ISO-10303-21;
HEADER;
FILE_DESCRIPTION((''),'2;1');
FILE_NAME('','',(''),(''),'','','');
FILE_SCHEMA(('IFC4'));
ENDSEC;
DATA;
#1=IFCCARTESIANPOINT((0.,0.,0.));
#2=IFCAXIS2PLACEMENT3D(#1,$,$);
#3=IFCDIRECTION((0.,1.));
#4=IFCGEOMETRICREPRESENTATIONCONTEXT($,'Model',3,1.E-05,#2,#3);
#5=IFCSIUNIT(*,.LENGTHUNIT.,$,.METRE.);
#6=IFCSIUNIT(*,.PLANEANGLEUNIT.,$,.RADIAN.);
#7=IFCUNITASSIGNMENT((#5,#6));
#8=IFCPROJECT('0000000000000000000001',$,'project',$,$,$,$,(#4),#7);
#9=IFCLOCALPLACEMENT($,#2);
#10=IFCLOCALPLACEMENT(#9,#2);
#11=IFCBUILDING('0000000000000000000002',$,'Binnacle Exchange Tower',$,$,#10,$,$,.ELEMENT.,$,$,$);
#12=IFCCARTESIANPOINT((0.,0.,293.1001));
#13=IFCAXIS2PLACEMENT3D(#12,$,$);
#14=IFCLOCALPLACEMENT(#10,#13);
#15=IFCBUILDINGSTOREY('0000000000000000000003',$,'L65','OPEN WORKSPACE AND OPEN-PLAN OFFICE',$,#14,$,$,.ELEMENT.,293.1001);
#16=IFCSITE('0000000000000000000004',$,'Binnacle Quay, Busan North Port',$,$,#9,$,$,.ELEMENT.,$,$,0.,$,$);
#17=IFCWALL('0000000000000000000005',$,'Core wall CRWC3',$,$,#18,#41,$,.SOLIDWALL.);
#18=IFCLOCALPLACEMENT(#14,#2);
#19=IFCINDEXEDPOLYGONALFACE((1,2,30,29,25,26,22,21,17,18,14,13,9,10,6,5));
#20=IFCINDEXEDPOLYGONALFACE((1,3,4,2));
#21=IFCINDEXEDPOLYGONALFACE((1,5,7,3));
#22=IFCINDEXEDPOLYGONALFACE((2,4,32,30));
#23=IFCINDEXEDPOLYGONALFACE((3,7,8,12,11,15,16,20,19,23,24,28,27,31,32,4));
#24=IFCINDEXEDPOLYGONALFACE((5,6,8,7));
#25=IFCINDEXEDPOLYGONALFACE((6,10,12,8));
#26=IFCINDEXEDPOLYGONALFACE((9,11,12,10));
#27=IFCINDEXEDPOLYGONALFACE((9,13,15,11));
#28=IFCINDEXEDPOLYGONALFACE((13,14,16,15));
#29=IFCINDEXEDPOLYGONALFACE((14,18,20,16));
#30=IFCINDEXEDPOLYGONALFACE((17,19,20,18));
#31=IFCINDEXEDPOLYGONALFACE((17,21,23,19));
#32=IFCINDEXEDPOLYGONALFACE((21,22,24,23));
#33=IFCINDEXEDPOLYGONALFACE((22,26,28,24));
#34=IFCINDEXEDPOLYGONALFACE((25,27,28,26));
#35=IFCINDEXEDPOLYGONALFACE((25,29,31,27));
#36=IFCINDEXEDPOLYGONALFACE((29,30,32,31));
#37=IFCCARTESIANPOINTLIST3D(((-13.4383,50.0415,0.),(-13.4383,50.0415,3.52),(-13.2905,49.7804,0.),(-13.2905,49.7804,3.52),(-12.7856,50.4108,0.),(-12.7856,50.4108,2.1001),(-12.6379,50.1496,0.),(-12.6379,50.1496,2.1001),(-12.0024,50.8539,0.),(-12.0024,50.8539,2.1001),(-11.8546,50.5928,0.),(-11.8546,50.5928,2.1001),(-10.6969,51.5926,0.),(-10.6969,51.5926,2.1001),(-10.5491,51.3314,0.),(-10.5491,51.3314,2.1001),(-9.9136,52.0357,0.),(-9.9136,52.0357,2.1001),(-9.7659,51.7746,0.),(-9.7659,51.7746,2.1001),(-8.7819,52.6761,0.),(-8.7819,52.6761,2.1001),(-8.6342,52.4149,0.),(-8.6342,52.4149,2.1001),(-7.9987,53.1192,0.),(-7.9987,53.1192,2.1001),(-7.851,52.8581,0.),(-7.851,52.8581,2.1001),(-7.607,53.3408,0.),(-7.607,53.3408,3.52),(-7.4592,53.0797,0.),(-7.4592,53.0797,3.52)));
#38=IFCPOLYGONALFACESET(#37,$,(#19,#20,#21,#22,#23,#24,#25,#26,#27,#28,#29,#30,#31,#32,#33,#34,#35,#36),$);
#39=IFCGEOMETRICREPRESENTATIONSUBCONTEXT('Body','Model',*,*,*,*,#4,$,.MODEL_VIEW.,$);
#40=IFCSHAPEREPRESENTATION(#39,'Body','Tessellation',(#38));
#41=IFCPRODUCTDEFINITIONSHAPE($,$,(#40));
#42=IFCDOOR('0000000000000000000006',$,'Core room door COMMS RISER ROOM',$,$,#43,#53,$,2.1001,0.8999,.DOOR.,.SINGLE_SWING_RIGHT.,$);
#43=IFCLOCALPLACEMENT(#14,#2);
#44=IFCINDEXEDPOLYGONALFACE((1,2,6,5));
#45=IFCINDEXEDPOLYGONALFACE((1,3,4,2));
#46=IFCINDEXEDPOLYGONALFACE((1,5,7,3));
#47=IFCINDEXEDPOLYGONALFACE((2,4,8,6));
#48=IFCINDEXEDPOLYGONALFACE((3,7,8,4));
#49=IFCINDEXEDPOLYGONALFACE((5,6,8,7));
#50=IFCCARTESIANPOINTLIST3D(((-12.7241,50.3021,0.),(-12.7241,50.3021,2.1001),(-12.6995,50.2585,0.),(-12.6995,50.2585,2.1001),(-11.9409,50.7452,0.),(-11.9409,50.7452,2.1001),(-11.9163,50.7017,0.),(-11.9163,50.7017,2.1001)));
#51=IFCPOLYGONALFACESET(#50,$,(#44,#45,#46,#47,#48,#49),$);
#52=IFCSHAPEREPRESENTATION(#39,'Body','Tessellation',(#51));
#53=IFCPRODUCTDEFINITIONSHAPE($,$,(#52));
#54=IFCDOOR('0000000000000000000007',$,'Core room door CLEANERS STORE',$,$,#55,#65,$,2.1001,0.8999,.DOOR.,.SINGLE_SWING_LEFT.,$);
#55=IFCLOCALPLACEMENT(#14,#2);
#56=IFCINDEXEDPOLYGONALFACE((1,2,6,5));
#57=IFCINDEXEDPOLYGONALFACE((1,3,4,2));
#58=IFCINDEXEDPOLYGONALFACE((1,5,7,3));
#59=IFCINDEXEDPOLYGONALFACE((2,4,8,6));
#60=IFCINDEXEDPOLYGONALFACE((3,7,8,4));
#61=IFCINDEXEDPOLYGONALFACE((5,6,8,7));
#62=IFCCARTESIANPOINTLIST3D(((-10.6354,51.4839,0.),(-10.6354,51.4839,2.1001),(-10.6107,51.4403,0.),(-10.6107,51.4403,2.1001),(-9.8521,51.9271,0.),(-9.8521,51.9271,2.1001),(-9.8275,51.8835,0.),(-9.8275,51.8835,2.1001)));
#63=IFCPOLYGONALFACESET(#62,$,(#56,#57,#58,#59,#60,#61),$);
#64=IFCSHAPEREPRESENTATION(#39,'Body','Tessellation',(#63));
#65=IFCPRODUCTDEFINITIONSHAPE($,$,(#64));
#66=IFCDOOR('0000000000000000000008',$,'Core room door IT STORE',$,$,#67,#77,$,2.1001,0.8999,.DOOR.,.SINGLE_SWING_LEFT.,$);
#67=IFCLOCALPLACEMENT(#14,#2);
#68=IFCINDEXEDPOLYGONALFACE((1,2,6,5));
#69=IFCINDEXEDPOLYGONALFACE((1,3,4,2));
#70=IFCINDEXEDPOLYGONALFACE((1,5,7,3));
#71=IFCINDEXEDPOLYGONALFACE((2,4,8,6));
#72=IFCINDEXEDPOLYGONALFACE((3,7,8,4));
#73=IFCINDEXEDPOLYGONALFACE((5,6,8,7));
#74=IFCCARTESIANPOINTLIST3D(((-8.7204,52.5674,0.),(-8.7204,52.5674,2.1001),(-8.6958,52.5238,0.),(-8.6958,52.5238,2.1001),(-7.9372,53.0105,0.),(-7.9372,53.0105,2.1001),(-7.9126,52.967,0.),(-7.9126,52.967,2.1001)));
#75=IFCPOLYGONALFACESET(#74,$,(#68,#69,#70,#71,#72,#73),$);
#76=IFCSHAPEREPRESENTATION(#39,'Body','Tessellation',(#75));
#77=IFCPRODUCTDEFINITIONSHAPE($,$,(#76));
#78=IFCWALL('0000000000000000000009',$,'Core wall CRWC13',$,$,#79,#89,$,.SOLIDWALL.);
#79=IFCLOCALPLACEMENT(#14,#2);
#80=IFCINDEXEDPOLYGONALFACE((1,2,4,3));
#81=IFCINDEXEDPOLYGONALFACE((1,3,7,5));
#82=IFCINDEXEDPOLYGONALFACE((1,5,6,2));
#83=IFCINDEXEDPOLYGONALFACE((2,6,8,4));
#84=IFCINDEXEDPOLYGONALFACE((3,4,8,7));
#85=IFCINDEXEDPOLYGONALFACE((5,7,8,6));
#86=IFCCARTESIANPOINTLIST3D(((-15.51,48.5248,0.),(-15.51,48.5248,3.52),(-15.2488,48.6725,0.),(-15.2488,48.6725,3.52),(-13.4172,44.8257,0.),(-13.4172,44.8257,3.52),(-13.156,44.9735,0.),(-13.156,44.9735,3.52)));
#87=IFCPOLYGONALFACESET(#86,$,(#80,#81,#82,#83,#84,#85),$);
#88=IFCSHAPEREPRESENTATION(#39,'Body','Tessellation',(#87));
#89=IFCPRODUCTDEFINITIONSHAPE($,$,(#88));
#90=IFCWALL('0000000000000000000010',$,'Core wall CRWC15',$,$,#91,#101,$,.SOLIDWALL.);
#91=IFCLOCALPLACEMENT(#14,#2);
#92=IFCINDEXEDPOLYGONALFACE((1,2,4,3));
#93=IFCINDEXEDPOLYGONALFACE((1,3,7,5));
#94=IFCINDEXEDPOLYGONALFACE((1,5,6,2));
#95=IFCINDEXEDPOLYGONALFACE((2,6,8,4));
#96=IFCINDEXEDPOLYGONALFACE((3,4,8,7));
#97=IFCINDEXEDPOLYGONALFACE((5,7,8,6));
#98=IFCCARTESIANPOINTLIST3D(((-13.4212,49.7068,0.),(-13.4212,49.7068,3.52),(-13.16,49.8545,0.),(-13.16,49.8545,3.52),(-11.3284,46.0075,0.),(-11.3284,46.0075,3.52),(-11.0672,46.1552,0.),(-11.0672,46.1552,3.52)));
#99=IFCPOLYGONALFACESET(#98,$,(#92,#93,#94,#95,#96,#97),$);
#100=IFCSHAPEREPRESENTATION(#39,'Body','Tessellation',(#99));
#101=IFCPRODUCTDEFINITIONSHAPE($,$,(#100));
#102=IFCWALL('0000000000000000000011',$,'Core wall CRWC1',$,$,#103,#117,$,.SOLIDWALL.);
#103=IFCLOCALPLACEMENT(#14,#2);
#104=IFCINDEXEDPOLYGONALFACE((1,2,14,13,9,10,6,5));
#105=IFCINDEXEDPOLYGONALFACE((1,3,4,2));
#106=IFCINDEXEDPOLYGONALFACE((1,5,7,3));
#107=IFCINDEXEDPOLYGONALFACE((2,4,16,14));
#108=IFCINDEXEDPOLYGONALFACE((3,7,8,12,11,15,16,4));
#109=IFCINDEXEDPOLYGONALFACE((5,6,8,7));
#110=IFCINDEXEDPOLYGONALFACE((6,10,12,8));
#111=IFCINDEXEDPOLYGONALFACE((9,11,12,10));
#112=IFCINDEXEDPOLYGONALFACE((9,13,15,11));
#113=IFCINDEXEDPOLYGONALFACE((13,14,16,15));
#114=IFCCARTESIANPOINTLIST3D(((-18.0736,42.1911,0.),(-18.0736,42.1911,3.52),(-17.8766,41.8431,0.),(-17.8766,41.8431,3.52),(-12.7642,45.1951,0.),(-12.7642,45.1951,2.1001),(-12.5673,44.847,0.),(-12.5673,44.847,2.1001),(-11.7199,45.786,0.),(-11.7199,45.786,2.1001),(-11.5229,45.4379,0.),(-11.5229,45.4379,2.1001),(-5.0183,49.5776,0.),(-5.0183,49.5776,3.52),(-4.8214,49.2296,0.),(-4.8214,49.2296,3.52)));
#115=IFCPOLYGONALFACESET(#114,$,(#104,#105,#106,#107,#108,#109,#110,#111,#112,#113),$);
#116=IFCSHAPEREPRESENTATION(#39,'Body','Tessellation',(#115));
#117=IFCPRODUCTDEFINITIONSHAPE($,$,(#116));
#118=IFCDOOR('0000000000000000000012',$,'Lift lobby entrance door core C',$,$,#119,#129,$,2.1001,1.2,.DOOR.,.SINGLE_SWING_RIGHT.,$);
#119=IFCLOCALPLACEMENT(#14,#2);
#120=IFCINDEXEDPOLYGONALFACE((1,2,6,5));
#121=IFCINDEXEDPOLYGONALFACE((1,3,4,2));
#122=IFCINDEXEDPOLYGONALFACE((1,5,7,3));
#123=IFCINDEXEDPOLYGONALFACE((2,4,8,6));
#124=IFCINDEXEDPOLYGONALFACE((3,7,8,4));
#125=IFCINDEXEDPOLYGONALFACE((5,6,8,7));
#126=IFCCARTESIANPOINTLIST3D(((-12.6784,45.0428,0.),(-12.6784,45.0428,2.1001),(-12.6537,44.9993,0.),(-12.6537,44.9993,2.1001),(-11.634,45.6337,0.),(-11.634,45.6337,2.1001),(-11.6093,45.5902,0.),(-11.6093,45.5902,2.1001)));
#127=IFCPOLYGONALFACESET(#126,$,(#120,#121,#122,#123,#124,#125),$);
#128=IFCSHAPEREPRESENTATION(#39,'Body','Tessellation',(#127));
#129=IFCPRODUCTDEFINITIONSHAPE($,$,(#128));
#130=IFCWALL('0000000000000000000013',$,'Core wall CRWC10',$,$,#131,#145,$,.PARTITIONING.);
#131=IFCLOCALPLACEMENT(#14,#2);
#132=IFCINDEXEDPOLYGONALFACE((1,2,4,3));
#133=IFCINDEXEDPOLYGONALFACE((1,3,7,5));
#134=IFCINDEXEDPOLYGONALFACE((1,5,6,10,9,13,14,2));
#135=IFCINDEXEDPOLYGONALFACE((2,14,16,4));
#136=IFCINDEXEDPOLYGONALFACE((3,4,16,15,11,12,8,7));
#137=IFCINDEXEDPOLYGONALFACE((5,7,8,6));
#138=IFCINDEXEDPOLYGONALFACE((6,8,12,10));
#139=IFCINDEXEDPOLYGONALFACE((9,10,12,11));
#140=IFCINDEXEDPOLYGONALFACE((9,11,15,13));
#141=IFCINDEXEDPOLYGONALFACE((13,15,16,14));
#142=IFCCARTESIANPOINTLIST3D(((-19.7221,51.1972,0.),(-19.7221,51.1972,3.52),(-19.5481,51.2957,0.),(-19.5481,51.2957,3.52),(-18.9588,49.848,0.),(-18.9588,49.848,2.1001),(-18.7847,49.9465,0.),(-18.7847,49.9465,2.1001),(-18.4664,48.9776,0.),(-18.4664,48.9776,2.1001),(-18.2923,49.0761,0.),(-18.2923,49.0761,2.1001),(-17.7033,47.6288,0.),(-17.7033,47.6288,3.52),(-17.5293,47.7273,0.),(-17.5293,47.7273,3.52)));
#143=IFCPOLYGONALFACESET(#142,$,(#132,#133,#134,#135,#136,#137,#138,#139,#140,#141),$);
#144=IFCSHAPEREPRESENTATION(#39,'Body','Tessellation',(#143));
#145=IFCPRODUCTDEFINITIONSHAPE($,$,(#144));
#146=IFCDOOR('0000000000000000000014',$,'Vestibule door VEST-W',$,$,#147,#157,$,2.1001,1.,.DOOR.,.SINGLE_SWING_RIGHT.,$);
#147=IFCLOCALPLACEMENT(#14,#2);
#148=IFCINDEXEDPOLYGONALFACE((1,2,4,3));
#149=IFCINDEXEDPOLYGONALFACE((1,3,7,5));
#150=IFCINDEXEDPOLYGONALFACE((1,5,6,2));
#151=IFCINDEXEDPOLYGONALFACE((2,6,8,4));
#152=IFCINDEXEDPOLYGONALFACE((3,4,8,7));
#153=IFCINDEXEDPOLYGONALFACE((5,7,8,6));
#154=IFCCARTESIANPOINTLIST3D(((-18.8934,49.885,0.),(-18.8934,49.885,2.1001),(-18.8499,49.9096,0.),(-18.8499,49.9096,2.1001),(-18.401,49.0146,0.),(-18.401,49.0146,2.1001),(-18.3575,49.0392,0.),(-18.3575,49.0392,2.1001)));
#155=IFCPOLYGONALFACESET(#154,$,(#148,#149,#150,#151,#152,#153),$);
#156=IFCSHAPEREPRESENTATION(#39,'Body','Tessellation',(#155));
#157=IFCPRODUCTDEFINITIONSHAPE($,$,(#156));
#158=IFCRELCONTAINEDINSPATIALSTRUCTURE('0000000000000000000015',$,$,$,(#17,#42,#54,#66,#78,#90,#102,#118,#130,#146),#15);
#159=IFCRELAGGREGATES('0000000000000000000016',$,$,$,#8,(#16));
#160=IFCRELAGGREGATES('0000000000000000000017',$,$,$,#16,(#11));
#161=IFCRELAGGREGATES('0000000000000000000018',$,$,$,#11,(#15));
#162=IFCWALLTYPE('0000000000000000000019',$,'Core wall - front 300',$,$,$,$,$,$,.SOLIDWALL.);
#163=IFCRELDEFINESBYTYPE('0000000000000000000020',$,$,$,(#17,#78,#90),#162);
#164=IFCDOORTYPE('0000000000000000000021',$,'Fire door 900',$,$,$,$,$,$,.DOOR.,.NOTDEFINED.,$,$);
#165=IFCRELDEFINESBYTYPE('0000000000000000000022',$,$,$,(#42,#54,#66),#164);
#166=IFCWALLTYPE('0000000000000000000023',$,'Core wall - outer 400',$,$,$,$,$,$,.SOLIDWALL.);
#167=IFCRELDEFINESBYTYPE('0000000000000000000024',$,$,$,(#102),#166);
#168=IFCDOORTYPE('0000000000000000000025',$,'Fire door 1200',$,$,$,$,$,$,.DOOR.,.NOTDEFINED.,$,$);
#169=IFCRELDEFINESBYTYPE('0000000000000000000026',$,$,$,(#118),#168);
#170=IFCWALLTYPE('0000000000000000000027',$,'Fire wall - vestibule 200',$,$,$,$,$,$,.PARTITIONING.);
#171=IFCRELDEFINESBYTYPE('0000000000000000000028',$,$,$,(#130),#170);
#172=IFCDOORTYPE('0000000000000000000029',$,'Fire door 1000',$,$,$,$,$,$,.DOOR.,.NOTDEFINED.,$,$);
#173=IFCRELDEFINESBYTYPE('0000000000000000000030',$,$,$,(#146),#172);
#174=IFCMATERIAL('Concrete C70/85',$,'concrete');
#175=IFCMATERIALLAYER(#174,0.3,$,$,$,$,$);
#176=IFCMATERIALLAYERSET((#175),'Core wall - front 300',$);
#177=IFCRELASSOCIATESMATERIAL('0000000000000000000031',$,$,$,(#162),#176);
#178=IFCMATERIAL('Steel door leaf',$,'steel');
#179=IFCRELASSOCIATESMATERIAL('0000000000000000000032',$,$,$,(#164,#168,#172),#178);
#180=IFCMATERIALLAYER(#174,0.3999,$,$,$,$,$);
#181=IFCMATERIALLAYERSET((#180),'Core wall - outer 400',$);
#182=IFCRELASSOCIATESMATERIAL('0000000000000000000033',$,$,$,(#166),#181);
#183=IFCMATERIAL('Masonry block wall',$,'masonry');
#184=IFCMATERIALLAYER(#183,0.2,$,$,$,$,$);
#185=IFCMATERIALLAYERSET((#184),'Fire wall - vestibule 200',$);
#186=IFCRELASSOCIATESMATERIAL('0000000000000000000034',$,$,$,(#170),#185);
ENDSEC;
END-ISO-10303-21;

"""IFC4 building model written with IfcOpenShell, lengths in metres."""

from ifc_helpers import new_model, si_unit, direction, frame, frame_2d, origin, place, context, subcontext, project, spatial, rectangle, extrude, material, layer, layer_set, type_object, element, fill, save


model = new_model("IFC4")

# Units and contexts
model_context = context("Model", 3, precision=1e-05, world=origin(), true_north=direction((0.0, 1.0)))
body_context = subcontext(model_context, "Body", "Model", "MODEL_VIEW")
ifc_project = project(units=[si_unit("LENGTHUNIT", "METRE"), si_unit("PLANEANGLEUNIT", "RADIAN")], contexts=[model_context])

# Site, building, storey
site_placement = place(None, origin())
site = spatial("IfcSite", under=ifc_project, at=site_placement, Name="Binnacle Quay, Busan North Port", CompositionType="ELEMENT", RefElevation=0.0)
building_placement = place(site_placement, origin())
building = spatial("IfcBuilding", under=site, at=building_placement, Name="Binnacle Exchange Tower", CompositionType="ELEMENT")
storey_placement = place(building_placement, frame((0.0, 0.0, 293.1001)))
storey = spatial("IfcBuildingStorey", under=building, at=storey_placement, Name="L65", Description="OPEN WORKSPACE AND OPEN-PLAN OFFICE", CompositionType="ELEMENT", Elevation=293.1001)

# Wall, openings, doors
ifc_material_1 = material(Name="Concrete C70/85", Category="concrete")
ifc_layer_1 = layer(ifc_material_1, 0.3)
ifc_layer_set_1 = layer_set([ifc_layer_1], Name="Core wall - front 300")
wall_type_1 = type_object("IfcWallType", Name="Core wall - front 300", PredefinedType="SOLIDWALL", material=ifc_layer_set_1)
ifc_material_2 = material(Name="Steel door leaf", Category="steel")
wall_1_placement = place(storey_placement, frame((-13.3645, 49.9109, 0.0), z_axis=(0.0, 0.0, 1.0), x_axis=(0.870348, 0.492438, 0.0)))
wall_1 = element("IfcWall", 1, at=wall_1_placement, inside=storey, type_object=wall_type_1, Name="Core wall CRWC3", PredefinedType="SOLIDWALL", context=body_context, shape_type="SweptSolid", body=[
    extrude(rectangle(XDim=6.7, YDim=0.3, at=frame_2d((3.3501, 0.0))), origin(), (0.0, 0.0, 1.0), 3.52),
])
opening_1_placement = place(wall_1_placement, frame((0.75, 0.0, 0.0)))
opening_1 = element("IfcOpeningElement", 2, at=opening_1_placement, cuts=wall_1, PredefinedType="OPENING", context=body_context, shape_type="SweptSolid", body=[
    extrude(rectangle(XDim=0.8999, YDim=2.1001, at=frame_2d((0.45, 1.05))), frame((0.0, 0.1599, 0.0), z_axis=(0.0, -1.0, 0.0), x_axis=(1.0, 0.0, 0.0)), (0.0, 0.0, 1.0), 0.3201),
])
opening_2_placement = place(wall_1_placement, frame((3.1499, 0.0, 0.0)))
opening_2 = element("IfcOpeningElement", 3, at=opening_2_placement, cuts=wall_1, PredefinedType="OPENING", context=body_context, shape_type="SweptSolid", body=[
    extrude(rectangle(XDim=0.8999, YDim=2.1001, at=frame_2d((0.45, 1.05))), frame((0.0, 0.1599, 0.0), z_axis=(0.0, -1.0, 0.0), x_axis=(1.0, 0.0, 0.0)), (0.0, 0.0, 1.0), 0.3201),
])
opening_3_placement = place(wall_1_placement, frame((5.3501, 0.0, 0.0)))
opening_3 = element("IfcOpeningElement", 4, at=opening_3_placement, cuts=wall_1, PredefinedType="OPENING", context=body_context, shape_type="SweptSolid", body=[
    extrude(rectangle(XDim=0.8999, YDim=2.1001, at=frame_2d((0.45, 1.05))), frame((0.0, 0.1599, 0.0), z_axis=(0.0, -1.0, 0.0), x_axis=(1.0, 0.0, 0.0)), (0.0, 0.0, 1.0), 0.3201),
])
door_type_1 = type_object("IfcDoorType", Name="Fire door 900", OperationType="NOTDEFINED", PredefinedType="DOOR", material=ifc_material_2)
door_1_placement = place(opening_1_placement, frame((0.8999, 0.0, 0.0), z_axis=(0.0, 0.0, 1.0), x_axis=(-1.0, 0.0, 0.0)))
door_1 = element("IfcDoor", 5, at=door_1_placement, inside=storey, type_object=door_type_1, Name="Core room door COMMS RISER ROOM", OperationType="SINGLE_SWING_RIGHT", OverallHeight=2.1001, OverallWidth=0.8999, PredefinedType="DOOR", context=body_context, shape_type="SweptSolid", body=[
    extrude(rectangle(XDim=0.8999, YDim=2.1001, at=frame_2d((0.45, 1.05))), frame((0.0, 0.0249, 0.0), z_axis=(0.0, -1.0, 0.0), x_axis=(1.0, 0.0, 0.0)), (0.0, 0.0, 1.0), 0.05),
])
fill(opening_1, door_1)
door_2_placement = place(opening_2_placement, frame((0.8999, 0.0, 0.0), z_axis=(0.0, 0.0, 1.0), x_axis=(-1.0, 0.0, 0.0)))
door_2 = element("IfcDoor", 6, at=door_2_placement, inside=storey, type_object=door_type_1, Name="Core room door CLEANERS STORE", OperationType="SINGLE_SWING_LEFT", OverallHeight=2.1001, OverallWidth=0.8999, PredefinedType="DOOR", context=body_context, shape_type="SweptSolid", body=[
    extrude(rectangle(XDim=0.8999, YDim=2.1001, at=frame_2d((0.45, 1.05))), frame((0.0, 0.0249, 0.0), z_axis=(0.0, -1.0, 0.0), x_axis=(1.0, 0.0, 0.0)), (0.0, 0.0, 1.0), 0.05),
])
fill(opening_2, door_2)
door_3_placement = place(opening_3_placement, frame((0.8999, 0.0, 0.0), z_axis=(0.0, 0.0, 1.0), x_axis=(-1.0, 0.0, 0.0)))
door_3 = element("IfcDoor", 7, at=door_3_placement, inside=storey, type_object=door_type_1, Name="Core room door IT STORE", OperationType="SINGLE_SWING_LEFT", OverallHeight=2.1001, OverallWidth=0.8999, PredefinedType="DOOR", context=body_context, shape_type="SweptSolid", body=[
    extrude(rectangle(XDim=0.8999, YDim=2.1001, at=frame_2d((0.45, 1.05))), frame((0.0, 0.0249, 0.0), z_axis=(0.0, -1.0, 0.0), x_axis=(1.0, 0.0, 0.0)), (0.0, 0.0, 1.0), 0.05),
])
fill(opening_3, door_3)

# Walls
wall_2_placement = place(storey_placement, frame((-15.3794, 48.5986, 0.0), z_axis=(0.0, 0.0, 1.0), x_axis=(0.492423, -0.870356, 0.0)))
element("IfcWall", 8, at=wall_2_placement, inside=storey, type_object=wall_type_1, Name="Core wall CRWC13", PredefinedType="SOLIDWALL", context=body_context, shape_type="SweptSolid", body=[
    extrude(rectangle(XDim=4.25, YDim=0.3, at=frame_2d((2.125, 0.0))), origin(), (0.0, 0.0, 1.0), 3.52),
])
wall_3_placement = place(storey_placement, frame((-13.2905, 49.7805, 0.0), z_axis=(0.0, 0.0, 1.0), x_axis=(0.492398, -0.87037, 0.0)))
element("IfcWall", 9, at=wall_3_placement, inside=storey, type_object=wall_type_1, Name="Core wall CRWC15", PredefinedType="SOLIDWALL", context=body_context, shape_type="SweptSolid", body=[
    extrude(rectangle(XDim=4.2502, YDim=0.3, at=frame_2d((2.125, 0.0))), origin(), (0.0, 0.0, 1.0), 3.52),
])

# Walls, openings, doors
ifc_layer_2 = layer(ifc_material_1, 0.3999)
ifc_layer_set_2 = layer_set([ifc_layer_2], Name="Core wall - outer 400")
wall_type_2 = type_object("IfcWallType", Name="Core wall - outer 400", PredefinedType="SOLIDWALL", material=ifc_layer_set_2)
wall_4_placement = place(storey_placement, frame((-17.9751, 42.0171, 0.0), z_axis=(0.0, 0.0, 1.0), x_axis=(0.87035, 0.492434, 0.0)))
wall_4 = element("IfcWall", 10, at=wall_4_placement, inside=storey, type_object=wall_type_2, Name="Core wall CRWC1", PredefinedType="SOLIDWALL", context=body_context, shape_type="SweptSolid", body=[
    extrude(rectangle(XDim=15.0, YDim=0.3999, at=frame_2d((7.5, 0.0))), origin(), (0.0, 0.0, 1.0), 3.52),
])
opening_4_placement = place(wall_4_placement, frame((6.1001, 0.0, 0.0)))
opening_4 = element("IfcOpeningElement", 11, at=opening_4_placement, cuts=wall_4, PredefinedType="OPENING", context=body_context, shape_type="SweptSolid", body=[
    extrude(rectangle(XDim=1.2, YDim=2.1001, at=frame_2d((0.6001, 1.05))), frame((0.0, 0.21, 0.0), z_axis=(0.0, -1.0, 0.0), x_axis=(1.0, 0.0, 0.0)), (0.0, 0.0, 1.0), 0.4199),
])
door_type_2 = type_object("IfcDoorType", Name="Fire door 1200", OperationType="NOTDEFINED", PredefinedType="DOOR", material=ifc_material_2)
door_4_placement = place(opening_4_placement, frame((1.2, 0.0, 0.0), z_axis=(0.0, 0.0, 1.0), x_axis=(-1.0, 0.0, 0.0)))
door_4 = element("IfcDoor", 12, at=door_4_placement, inside=storey, type_object=door_type_2, Name="Lift lobby entrance door core C", OperationType="SINGLE_SWING_RIGHT", OverallHeight=2.1001, OverallWidth=1.2, PredefinedType="DOOR", context=body_context, shape_type="SweptSolid", body=[
    extrude(rectangle(XDim=1.2, YDim=2.1001, at=frame_2d((0.6001, 1.05))), frame((0.0, 0.0249, 0.0), z_axis=(0.0, -1.0, 0.0), x_axis=(1.0, 0.0, 0.0)), (0.0, 0.0, 1.0), 0.05),
])
fill(opening_4, door_4)
ifc_material_3 = material(Name="Masonry block wall", Category="masonry")
ifc_layer_3 = layer(ifc_material_3, 0.2)
ifc_layer_set_3 = layer_set([ifc_layer_3], Name="Fire wall - vestibule 200")
wall_type_3 = type_object("IfcWallType", Name="Fire wall - vestibule 200", PredefinedType="PARTITIONING", material=ifc_layer_set_3)
wall_5_placement = place(storey_placement, frame((-19.635, 51.2463, 0.0), z_axis=(0.0, 0.0, 1.0), x_axis=(0.492408, -0.870364, 0.0)))
wall_5 = element("IfcWall", 13, at=wall_5_placement, inside=storey, type_object=wall_type_3, Name="Core wall CRWC10", PredefinedType="PARTITIONING", context=body_context, shape_type="SweptSolid", body=[
    extrude(rectangle(XDim=4.0999, YDim=0.2, at=frame_2d((2.0498, 0.0))), origin(), (0.0, 0.0, 1.0), 3.52),
])
opening_5_placement = place(wall_5_placement, frame((1.55, 0.0, 0.0)))
opening_5 = element("IfcOpeningElement", 14, at=opening_5_placement, cuts=wall_5, PredefinedType="OPENING", context=body_context, shape_type="SweptSolid", body=[
    extrude(rectangle(XDim=1.0, YDim=2.1001, at=frame_2d((0.5, 1.05))), frame((0.0, 0.1099, 0.0), z_axis=(0.0, -1.0, 0.0), x_axis=(1.0, 0.0, 0.0)), (0.0, 0.0, 1.0), 0.22),
])
door_type_3 = type_object("IfcDoorType", Name="Fire door 1000", OperationType="NOTDEFINED", PredefinedType="DOOR", material=ifc_material_2)
door_5_placement = place(opening_5_placement, frame((1.0, 0.0, 0.0), z_axis=(0.0, 0.0, 1.0), x_axis=(-1.0, 0.0, 0.0)))
door_5 = element("IfcDoor", 15, at=door_5_placement, inside=storey, type_object=door_type_3, Name="Vestibule door VEST-W", OperationType="SINGLE_SWING_RIGHT", OverallHeight=2.1001, OverallWidth=1.0, PredefinedType="DOOR", context=body_context, shape_type="SweptSolid", body=[
    extrude(rectangle(XDim=1.0, YDim=2.1001, at=frame_2d((0.5, 1.05))), frame((0.0, 0.0249, 0.0), z_axis=(0.0, -1.0, 0.0), x_axis=(1.0, 0.0, 0.0)), (0.0, 0.0, 1.0), 0.05),
])
fill(opening_5, door_5)

save(model, "model.ifc")
